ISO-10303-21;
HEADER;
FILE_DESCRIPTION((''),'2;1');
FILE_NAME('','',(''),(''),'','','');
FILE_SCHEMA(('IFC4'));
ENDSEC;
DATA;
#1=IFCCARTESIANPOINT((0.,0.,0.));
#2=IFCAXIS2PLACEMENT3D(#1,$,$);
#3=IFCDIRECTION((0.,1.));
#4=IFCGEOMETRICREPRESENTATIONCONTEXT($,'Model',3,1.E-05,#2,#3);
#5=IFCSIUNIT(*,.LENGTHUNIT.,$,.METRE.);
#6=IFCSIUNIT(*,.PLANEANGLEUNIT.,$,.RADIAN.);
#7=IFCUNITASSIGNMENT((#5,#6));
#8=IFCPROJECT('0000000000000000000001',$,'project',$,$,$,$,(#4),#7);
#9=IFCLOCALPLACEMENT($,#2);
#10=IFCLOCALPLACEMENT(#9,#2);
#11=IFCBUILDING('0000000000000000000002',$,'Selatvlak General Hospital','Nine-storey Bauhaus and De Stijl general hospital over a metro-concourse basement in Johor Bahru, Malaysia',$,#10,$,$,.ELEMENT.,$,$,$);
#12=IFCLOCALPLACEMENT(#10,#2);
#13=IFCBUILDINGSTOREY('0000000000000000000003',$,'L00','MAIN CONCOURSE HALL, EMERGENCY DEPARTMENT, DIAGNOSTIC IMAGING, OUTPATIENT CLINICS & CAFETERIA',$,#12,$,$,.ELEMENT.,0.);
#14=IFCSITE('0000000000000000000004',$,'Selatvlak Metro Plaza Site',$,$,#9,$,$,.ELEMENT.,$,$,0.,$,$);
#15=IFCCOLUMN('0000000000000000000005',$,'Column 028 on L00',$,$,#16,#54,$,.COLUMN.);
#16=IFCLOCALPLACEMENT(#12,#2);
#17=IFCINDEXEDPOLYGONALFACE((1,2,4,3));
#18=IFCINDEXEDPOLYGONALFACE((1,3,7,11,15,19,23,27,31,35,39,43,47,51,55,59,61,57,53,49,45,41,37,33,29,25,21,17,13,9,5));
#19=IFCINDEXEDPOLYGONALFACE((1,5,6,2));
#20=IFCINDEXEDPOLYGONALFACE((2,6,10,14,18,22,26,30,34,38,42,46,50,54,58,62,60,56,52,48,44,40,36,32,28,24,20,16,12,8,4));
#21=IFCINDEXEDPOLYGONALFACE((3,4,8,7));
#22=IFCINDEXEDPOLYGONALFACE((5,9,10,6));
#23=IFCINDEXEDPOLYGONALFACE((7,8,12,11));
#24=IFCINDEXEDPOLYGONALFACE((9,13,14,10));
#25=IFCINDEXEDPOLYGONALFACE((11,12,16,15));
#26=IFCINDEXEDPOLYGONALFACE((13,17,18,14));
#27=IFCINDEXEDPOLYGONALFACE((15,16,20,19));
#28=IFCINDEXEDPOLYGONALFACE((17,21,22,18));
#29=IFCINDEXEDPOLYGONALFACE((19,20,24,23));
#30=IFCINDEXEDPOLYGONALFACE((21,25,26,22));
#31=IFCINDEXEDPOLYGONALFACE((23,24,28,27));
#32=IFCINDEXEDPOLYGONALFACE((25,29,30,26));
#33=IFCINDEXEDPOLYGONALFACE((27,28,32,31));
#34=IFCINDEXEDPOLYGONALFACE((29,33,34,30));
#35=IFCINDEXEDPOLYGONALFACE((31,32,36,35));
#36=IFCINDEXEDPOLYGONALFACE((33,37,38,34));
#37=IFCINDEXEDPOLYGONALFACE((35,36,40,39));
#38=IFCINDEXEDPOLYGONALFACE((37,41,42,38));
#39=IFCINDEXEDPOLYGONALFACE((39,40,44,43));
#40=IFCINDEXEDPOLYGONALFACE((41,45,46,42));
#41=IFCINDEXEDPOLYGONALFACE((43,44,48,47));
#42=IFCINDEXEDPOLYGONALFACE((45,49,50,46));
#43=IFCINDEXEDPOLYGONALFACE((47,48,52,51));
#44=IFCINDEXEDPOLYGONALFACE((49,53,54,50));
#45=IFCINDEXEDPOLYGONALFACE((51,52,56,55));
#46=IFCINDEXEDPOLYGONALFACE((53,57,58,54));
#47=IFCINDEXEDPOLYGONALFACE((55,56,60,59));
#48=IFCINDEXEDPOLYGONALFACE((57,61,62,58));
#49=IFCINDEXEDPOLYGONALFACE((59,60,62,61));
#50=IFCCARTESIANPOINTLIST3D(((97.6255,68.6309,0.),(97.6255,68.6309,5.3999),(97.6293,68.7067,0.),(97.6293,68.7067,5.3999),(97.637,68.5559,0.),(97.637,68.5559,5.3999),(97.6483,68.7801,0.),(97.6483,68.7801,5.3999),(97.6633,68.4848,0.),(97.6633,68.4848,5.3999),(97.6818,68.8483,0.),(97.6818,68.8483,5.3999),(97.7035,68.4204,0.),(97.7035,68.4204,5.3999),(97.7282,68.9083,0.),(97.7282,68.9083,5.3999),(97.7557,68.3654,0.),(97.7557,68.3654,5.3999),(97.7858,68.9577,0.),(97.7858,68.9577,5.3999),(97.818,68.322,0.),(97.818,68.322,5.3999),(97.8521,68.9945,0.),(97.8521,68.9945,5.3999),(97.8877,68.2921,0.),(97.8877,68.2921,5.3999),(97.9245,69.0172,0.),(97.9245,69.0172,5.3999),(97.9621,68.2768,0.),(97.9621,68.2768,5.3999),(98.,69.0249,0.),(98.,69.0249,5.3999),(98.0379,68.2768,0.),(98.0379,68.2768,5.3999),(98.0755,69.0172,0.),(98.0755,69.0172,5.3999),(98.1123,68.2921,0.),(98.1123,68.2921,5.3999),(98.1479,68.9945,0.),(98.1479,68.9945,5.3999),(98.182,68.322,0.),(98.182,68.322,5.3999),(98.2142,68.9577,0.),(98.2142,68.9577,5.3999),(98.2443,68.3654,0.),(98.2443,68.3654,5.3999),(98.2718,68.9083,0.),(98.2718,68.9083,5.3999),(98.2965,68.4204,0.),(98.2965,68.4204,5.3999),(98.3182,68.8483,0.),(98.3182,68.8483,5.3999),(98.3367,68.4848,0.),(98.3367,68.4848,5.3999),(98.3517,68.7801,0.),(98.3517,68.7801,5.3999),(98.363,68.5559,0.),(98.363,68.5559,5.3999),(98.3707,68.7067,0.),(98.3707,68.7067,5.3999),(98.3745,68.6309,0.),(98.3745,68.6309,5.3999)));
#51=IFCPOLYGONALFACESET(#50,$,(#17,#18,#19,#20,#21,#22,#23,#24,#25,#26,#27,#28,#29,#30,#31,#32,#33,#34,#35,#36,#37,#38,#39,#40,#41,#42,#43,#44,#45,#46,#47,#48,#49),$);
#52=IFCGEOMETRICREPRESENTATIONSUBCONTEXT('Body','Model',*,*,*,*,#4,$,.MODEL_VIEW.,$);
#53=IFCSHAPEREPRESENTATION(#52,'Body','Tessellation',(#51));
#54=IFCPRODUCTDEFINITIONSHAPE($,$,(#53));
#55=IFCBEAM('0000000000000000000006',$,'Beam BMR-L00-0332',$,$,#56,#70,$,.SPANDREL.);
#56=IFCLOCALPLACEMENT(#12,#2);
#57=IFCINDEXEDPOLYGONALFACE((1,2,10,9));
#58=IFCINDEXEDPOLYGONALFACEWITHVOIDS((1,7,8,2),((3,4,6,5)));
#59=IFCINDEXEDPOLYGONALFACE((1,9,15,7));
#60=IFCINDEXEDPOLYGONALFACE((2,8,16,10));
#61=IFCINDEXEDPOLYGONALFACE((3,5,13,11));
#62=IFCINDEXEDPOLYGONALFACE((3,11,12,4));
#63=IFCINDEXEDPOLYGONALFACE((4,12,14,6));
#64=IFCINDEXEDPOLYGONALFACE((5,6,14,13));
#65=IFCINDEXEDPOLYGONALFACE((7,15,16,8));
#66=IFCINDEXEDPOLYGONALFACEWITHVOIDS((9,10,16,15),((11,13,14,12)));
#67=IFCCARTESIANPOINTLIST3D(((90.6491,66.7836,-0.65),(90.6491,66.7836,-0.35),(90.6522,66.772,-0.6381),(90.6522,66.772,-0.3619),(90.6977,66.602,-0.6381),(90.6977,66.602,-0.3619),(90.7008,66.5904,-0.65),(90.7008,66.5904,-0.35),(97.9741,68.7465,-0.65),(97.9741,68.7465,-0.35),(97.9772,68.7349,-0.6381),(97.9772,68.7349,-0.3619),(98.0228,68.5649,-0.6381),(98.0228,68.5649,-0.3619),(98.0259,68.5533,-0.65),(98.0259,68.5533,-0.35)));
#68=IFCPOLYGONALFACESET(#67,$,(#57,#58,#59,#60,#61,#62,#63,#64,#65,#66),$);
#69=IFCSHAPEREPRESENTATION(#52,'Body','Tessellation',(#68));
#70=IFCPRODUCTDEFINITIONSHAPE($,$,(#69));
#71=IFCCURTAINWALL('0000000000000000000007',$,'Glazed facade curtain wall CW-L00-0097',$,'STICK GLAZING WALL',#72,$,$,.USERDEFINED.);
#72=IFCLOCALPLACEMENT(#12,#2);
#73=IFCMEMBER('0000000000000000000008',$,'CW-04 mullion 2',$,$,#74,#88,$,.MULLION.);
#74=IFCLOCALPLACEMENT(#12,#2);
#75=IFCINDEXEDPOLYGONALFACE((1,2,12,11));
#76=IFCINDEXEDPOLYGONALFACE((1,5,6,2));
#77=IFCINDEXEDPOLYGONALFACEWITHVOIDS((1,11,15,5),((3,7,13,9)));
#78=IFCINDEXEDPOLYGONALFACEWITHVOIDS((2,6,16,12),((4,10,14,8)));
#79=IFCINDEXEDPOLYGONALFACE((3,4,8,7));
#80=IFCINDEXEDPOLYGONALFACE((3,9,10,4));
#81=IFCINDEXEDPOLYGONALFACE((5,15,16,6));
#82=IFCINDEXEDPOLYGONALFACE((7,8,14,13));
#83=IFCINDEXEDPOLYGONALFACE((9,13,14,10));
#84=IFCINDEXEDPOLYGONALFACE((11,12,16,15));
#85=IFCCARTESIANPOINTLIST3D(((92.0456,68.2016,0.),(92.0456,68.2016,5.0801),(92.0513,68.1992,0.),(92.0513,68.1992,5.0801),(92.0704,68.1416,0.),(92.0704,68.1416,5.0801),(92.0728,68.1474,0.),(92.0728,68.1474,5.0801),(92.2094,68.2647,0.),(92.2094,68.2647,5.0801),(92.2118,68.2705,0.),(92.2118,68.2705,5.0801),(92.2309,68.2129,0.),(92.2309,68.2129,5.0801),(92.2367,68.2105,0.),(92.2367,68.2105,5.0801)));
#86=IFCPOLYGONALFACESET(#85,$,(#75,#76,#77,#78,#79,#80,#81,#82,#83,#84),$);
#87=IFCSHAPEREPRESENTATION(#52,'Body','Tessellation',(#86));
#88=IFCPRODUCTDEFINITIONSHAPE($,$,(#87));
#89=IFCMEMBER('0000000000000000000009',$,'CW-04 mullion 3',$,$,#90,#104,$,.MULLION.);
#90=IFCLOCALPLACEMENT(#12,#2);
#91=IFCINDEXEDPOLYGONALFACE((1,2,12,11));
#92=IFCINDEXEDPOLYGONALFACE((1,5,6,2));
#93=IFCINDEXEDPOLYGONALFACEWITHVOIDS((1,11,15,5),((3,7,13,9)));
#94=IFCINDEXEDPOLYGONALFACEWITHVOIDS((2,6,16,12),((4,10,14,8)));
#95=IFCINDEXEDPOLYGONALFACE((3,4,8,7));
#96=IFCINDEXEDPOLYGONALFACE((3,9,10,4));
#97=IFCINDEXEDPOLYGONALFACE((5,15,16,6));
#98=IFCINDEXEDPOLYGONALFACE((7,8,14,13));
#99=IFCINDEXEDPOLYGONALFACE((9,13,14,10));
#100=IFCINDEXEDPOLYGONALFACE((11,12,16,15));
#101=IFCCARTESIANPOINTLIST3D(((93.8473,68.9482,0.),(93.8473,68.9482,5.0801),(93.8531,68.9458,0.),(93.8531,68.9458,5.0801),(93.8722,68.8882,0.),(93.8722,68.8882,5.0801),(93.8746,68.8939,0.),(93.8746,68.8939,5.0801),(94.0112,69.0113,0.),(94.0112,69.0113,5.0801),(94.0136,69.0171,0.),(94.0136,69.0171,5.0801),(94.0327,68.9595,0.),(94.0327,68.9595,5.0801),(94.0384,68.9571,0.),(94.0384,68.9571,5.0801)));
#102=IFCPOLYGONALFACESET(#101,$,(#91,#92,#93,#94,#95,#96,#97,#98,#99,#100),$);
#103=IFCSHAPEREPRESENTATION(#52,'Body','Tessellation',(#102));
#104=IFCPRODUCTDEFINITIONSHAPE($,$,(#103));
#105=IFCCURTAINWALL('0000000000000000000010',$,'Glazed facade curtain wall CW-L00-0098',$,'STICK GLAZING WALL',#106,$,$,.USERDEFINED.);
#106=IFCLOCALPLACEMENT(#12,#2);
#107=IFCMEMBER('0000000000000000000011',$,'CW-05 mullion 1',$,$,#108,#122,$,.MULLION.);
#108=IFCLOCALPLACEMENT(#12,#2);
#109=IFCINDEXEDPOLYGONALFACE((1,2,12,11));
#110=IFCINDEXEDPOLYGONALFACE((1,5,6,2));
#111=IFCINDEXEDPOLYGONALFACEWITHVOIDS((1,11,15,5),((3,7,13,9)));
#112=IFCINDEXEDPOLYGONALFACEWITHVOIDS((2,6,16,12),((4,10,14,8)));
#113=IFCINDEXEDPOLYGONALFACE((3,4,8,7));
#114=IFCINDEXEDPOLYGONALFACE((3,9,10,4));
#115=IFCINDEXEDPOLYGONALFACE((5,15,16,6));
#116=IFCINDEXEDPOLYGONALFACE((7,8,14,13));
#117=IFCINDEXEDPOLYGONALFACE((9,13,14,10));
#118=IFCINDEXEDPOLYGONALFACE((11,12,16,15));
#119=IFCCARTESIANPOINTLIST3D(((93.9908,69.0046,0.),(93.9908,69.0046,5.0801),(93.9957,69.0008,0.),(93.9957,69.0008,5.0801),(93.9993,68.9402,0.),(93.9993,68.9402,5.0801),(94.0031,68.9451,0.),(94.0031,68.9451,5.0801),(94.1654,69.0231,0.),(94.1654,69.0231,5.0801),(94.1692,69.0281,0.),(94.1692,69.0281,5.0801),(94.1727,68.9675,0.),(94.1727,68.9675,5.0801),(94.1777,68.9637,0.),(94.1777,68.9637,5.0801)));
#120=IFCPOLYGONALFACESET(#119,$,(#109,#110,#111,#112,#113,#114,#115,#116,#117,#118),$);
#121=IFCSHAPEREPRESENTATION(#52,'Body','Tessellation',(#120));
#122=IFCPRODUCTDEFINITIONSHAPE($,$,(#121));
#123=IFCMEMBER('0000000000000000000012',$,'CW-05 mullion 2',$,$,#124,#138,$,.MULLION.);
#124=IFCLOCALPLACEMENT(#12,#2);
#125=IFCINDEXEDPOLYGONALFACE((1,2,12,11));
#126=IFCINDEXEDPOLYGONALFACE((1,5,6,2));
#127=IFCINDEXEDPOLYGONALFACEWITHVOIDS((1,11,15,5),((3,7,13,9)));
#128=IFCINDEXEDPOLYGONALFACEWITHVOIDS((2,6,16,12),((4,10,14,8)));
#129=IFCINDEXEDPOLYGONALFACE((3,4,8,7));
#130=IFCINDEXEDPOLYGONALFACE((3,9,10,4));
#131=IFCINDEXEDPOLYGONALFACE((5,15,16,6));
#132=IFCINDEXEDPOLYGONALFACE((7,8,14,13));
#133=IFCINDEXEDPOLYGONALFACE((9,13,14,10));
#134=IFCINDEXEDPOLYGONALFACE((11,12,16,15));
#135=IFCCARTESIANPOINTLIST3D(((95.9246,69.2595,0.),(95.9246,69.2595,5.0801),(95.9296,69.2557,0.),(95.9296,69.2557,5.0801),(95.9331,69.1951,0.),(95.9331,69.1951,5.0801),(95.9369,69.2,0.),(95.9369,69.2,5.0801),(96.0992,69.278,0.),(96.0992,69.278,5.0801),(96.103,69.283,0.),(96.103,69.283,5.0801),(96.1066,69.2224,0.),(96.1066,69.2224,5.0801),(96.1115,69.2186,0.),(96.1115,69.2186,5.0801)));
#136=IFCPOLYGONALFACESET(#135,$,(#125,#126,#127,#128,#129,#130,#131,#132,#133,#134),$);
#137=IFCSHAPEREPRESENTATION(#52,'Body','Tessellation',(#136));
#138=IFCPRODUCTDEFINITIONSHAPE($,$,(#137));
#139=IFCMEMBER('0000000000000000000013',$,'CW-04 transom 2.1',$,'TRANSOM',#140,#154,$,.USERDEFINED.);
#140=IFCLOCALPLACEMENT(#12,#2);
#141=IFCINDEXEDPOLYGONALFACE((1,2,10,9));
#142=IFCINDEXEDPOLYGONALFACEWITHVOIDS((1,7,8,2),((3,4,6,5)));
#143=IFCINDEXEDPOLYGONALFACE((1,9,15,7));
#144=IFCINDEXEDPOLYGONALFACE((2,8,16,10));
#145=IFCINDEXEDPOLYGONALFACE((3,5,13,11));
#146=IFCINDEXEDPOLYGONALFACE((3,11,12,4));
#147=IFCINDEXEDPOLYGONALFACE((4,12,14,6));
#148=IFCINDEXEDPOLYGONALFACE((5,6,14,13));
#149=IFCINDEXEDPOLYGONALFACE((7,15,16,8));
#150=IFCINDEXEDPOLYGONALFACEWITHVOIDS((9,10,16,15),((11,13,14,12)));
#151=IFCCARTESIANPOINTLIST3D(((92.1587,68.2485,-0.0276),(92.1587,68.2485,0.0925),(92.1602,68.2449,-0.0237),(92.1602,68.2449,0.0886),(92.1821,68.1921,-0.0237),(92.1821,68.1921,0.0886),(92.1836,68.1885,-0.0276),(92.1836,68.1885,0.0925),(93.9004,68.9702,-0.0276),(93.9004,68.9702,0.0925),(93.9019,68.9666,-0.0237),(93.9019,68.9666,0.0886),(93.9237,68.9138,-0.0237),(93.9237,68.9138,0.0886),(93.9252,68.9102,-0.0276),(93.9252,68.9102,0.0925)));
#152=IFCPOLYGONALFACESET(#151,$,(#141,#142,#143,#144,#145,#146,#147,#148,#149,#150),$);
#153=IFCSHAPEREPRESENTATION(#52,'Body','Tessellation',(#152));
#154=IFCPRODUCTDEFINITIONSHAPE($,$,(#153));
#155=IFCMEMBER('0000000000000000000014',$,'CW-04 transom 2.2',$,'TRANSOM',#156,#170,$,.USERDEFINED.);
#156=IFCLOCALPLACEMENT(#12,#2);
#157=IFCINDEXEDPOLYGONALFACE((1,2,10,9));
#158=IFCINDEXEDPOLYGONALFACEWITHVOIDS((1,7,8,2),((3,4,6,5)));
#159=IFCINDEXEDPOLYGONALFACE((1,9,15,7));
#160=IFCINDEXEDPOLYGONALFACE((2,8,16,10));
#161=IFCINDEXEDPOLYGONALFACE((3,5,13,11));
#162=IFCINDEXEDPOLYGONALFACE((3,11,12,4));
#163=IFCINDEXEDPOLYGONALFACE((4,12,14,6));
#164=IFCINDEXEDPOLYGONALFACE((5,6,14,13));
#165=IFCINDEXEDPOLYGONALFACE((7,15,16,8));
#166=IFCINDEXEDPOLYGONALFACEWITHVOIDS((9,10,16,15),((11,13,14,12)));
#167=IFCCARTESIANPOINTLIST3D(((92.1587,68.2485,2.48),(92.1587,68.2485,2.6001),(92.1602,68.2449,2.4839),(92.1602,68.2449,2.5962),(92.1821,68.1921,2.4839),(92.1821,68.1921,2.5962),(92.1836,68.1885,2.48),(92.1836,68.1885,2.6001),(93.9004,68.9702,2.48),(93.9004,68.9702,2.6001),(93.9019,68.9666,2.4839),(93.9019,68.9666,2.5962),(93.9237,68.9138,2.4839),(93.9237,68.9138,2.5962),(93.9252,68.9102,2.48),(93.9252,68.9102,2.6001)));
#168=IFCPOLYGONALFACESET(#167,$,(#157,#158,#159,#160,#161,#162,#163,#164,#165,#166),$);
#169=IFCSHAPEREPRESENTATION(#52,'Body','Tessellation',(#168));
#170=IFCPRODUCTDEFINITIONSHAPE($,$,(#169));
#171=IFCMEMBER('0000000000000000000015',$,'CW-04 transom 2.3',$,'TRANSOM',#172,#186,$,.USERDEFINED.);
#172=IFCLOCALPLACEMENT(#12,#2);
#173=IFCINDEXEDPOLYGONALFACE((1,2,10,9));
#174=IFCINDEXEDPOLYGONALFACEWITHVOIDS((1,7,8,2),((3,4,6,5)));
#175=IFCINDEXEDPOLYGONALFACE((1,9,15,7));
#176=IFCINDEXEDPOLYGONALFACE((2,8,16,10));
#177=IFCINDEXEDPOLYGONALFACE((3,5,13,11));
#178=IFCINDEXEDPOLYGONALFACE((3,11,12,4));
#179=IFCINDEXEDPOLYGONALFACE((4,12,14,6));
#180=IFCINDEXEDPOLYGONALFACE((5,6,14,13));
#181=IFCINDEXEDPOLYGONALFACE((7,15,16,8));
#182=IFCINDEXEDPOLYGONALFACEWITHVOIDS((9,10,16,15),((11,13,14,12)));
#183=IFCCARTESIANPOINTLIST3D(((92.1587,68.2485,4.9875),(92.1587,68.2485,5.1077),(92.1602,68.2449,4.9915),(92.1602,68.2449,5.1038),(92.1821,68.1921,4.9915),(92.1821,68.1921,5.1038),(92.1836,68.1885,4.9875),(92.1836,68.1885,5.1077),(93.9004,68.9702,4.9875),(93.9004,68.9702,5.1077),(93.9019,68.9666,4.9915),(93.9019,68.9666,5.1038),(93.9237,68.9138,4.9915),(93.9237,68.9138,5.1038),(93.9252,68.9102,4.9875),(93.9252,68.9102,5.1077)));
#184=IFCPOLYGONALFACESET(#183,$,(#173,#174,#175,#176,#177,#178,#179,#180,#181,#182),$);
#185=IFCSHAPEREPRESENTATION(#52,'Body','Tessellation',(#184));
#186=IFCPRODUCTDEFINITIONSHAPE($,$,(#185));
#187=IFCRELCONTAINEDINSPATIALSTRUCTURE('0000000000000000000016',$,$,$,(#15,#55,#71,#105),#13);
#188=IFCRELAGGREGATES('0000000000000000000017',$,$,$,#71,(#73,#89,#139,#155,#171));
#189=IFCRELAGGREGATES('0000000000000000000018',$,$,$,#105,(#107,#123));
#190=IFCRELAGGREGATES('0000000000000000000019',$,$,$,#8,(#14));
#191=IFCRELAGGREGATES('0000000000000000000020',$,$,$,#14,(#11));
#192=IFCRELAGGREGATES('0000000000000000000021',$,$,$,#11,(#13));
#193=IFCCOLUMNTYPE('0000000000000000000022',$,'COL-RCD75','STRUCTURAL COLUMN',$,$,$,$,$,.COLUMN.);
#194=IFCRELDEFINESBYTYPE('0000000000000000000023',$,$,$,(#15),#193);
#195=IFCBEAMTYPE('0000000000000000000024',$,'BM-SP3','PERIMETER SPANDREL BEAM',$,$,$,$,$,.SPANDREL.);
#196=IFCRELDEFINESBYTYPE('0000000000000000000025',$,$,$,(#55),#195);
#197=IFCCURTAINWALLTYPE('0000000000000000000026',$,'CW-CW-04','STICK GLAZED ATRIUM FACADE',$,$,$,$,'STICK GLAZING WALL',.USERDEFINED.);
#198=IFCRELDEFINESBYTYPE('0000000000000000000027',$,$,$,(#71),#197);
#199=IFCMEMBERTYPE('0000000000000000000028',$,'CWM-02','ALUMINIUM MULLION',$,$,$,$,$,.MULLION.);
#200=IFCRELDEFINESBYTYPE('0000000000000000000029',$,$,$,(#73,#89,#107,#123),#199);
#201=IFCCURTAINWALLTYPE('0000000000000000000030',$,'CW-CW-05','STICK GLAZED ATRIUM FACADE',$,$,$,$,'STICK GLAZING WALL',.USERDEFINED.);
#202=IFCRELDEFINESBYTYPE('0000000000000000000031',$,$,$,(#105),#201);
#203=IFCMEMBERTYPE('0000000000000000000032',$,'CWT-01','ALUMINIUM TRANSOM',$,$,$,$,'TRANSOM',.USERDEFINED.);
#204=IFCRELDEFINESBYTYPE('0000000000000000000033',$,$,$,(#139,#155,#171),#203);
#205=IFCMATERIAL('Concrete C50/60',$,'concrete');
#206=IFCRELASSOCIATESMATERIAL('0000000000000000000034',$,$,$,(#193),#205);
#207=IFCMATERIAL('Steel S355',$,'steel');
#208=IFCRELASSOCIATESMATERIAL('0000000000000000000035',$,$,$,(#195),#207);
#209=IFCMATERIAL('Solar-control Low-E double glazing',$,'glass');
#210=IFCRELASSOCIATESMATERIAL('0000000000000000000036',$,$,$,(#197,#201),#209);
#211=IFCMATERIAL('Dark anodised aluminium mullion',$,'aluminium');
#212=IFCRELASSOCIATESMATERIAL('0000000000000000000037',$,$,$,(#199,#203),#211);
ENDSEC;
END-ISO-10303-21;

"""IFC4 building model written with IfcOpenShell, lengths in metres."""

from ifc_helpers import new_model, si_unit, direction, frame, origin, origin_2d, place, context, subcontext, project, spatial, hollow_rectangle, circle, extrude, material, material_profile, profile_set, type_object, element, aggregate, save


model = new_model("IFC4")

# Units and contexts
model_context = context("Model", 3, precision=1e-05, world=origin(), true_north=direction((0.0, 1.0)))
body_context = subcontext(model_context, "Body", "Model", "MODEL_VIEW")
ifc_project = project(units=[si_unit("LENGTHUNIT", "METRE"), si_unit("PLANEANGLEUNIT", "RADIAN")], contexts=[model_context])

# Site, building, storey
site_placement = place(None, origin())
site = spatial("IfcSite", under=ifc_project, at=site_placement, Name="Selatvlak Metro Plaza Site", CompositionType="ELEMENT", RefElevation=0.0)
building_placement = place(site_placement, origin())
building = spatial("IfcBuilding", under=site, at=building_placement, Name="Selatvlak General Hospital", Description="Nine-storey Bauhaus and De Stijl general hospital over a metro-concourse basement in Johor Bahru, Malaysia", CompositionType="ELEMENT")
storey_placement = place(building_placement, origin())
storey = spatial("IfcBuildingStorey", under=building, at=storey_placement, Name="L00", Description="MAIN CONCOURSE HALL, EMERGENCY DEPARTMENT, DIAGNOSTIC IMAGING, OUTPATIENT CLINICS & CAFETERIA", CompositionType="ELEMENT", Elevation=0.0)

# Column
ifc_material_1 = material(Name="Concrete C50/60", Category="concrete")
ifc_material_profile_1 = material_profile(ifc_material_1, circle(Radius=0.375, at=origin_2d()), Name="RC-COL D750")
ifc_profile_set_1 = profile_set([ifc_material_profile_1], Name="Concrete C50/60")
column_type = type_object("IfcColumnType", Name="COL-RCD75", Description="STRUCTURAL COLUMN", PredefinedType="COLUMN", material=ifc_profile_set_1)
column_placement = place(storey_placement, frame((98.0, 68.6499, 0.0), z_axis=(0.0, 0.0, 1.0), x_axis=(0.0, 1.0, 0.0)))
element("IfcColumn", 1, at=column_placement, inside=storey, type_object=column_type, Name="Column 028 on L00", PredefinedType="COLUMN", context=body_context, shape_type="SweptSolid", body=[
    extrude(circle(Radius=0.375, at=origin_2d()), origin(), (0.0, 0.0, 1.0), 5.3999),
])

# Beam
ifc_material_2 = material(Name="Steel S355", Category="steel")
ifc_material_profile_2 = material_profile(ifc_material_2, hollow_rectangle(XDim=0.2, YDim=0.3, WallThickness=0.012, at=origin_2d()), Name="RHS 300x200x12")
ifc_profile_set_2 = profile_set([ifc_material_profile_2], Name="Steel S355")
beam_type = type_object("IfcBeamType", Name="BM-SP3", Description="PERIMETER SPANDREL BEAM", PredefinedType="SPANDREL", material=ifc_profile_set_2)
beam_placement = place(storey_placement, frame((98.0, 68.6499, -0.5), z_axis=(-0.96592, -0.258841, 0.0), x_axis=(0.258841, -0.96592, 0.0)))
element("IfcBeam", 2, at=beam_placement, inside=storey, type_object=beam_type, Name="Beam BMR-L00-0332", PredefinedType="SPANDREL", context=body_context, shape_type="SweptSolid", body=[
    extrude(hollow_rectangle(XDim=0.2, YDim=0.3, WallThickness=0.012, at=origin_2d()), origin(), (0.0, 0.0, 1.0), 7.5835),
])

# Curtain walls, members
ifc_material_3 = material(Name="Solar-control Low-E double glazing", Category="glass")
curtain_wall_type_1 = type_object("IfcCurtainWallType", Name="CW-CW-04", Description="STICK GLAZED ATRIUM FACADE", ElementType="STICK GLAZING WALL", PredefinedType="USERDEFINED", material=ifc_material_3)
curtain_wall_1_placement = place(storey_placement, origin())
curtain_wall_1 = element("IfcCurtainWall", 3, at=curtain_wall_1_placement, inside=storey, type_object=curtain_wall_type_1, Name="Glazed facade curtain wall CW-L00-0097", ObjectType="STICK GLAZING WALL", PredefinedType="USERDEFINED")
ifc_material_4 = material(Name="Dark anodised aluminium mullion", Category="aluminium")
ifc_material_profile_3 = material_profile(ifc_material_4, hollow_rectangle(XDim=0.0649, YDim=0.1799, WallThickness=0.0044, at=origin_2d()), Name="AL-MUL 65x180x4.5")
ifc_profile_set_3 = profile_set([ifc_material_profile_3], Name="Dark anodised aluminium mullion")
member_type_1 = type_object("IfcMemberType", Name="CWM-02", Description="ALUMINIUM MULLION", PredefinedType="MULLION", material=ifc_profile_set_3)
member_1_placement = place(storey_placement, frame((92.1411, 68.2061, 0.0), z_axis=(0.0, 0.0, 1.0), x_axis=(-0.382753, 0.923851, 0.0)))
member_1 = element("IfcMember", 4, at=member_1_placement, type_object=member_type_1, Name="CW-04 mullion 2", PredefinedType="MULLION", context=body_context, shape_type="SweptSolid", body=[
    extrude(hollow_rectangle(XDim=0.0649, YDim=0.1799, WallThickness=0.0044, at=origin_2d()), origin(), (0.0, 0.0, 1.0), 5.0801),
])
member_2_placement = place(storey_placement, frame((93.9429, 68.9526, 0.0), z_axis=(0.0, 0.0, 1.0), x_axis=(-0.382753, 0.923851, 0.0)))
member_2 = element("IfcMember", 5, at=member_2_placement, type_object=member_type_1, Name="CW-04 mullion 3", PredefinedType="MULLION", context=body_context, shape_type="SweptSolid", body=[
    extrude(hollow_rectangle(XDim=0.0649, YDim=0.1799, WallThickness=0.0044, at=origin_2d()), origin(), (0.0, 0.0, 1.0), 5.0801),
])
curtain_wall_type_2 = type_object("IfcCurtainWallType", Name="CW-CW-05", Description="STICK GLAZED ATRIUM FACADE", ElementType="STICK GLAZING WALL", PredefinedType="USERDEFINED", material=ifc_material_3)
curtain_wall_2_placement = place(storey_placement, origin())
curtain_wall_2 = element("IfcCurtainWall", 6, at=curtain_wall_2_placement, inside=storey, type_object=curtain_wall_type_2, Name="Glazed facade curtain wall CW-L00-0098", ObjectType="STICK GLAZING WALL", PredefinedType="USERDEFINED")
member_3_placement = place(storey_placement, frame((94.0842, 68.9841, 0.0), z_axis=(0.0, 0.0, 1.0), x_axis=(-0.130611, 0.991434, 0.0)))
member_3 = element("IfcMember", 7, at=member_3_placement, type_object=member_type_1, Name="CW-05 mullion 1", PredefinedType="MULLION", context=body_context, shape_type="SweptSolid", body=[
    extrude(hollow_rectangle(XDim=0.0649, YDim=0.1799, WallThickness=0.0044, at=origin_2d()), origin(), (0.0, 0.0, 1.0), 5.0801),
])
member_4_placement = place(storey_placement, frame((96.0181, 69.239, 0.0), z_axis=(0.0, 0.0, 1.0), x_axis=(-0.130611, 0.991434, 0.0)))
member_4 = element("IfcMember", 8, at=member_4_placement, type_object=member_type_1, Name="CW-05 mullion 2", PredefinedType="MULLION", context=body_context, shape_type="SweptSolid", body=[
    extrude(hollow_rectangle(XDim=0.0649, YDim=0.1799, WallThickness=0.0044, at=origin_2d()), origin(), (0.0, 0.0, 1.0), 5.0801),
])

# Members
ifc_material_profile_4 = material_profile(ifc_material_4, hollow_rectangle(XDim=0.0649, YDim=0.1201, WallThickness=0.0039, at=origin_2d()), Name="AL-TRN 65x120x4")
ifc_profile_set_4 = profile_set([ifc_material_profile_4], Name="Dark anodised aluminium mullion")
member_type_2 = type_object("IfcMemberType", Name="CWT-01", Description="ALUMINIUM TRANSOM", ElementType="TRANSOM", PredefinedType="USERDEFINED", material=ifc_profile_set_4)
member_5_placement = place(storey_placement, frame((92.1711, 68.2185, 0.0325), z_axis=(0.923834, 0.382794, 0.0), x_axis=(-0.382794, 0.923834, 0.0)))
member_5 = element("IfcMember", 9, at=member_5_placement, type_object=member_type_2, Name="CW-04 transom 2.1", ObjectType="TRANSOM", PredefinedType="USERDEFINED", context=body_context, shape_type="SweptSolid", body=[
    extrude(hollow_rectangle(XDim=0.0649, YDim=0.1201, WallThickness=0.0039, at=origin_2d()), origin(), (0.0, 0.0, 1.0), 1.8853),
])
member_6_placement = place(storey_placement, frame((92.1711, 68.2185, 2.54), z_axis=(0.923834, 0.382794, 0.0), x_axis=(-0.382794, 0.923834, 0.0)))
member_6 = element("IfcMember", 10, at=member_6_placement, type_object=member_type_2, Name="CW-04 transom 2.2", ObjectType="TRANSOM", PredefinedType="USERDEFINED", context=body_context, shape_type="SweptSolid", body=[
    extrude(hollow_rectangle(XDim=0.0649, YDim=0.1201, WallThickness=0.0039, at=origin_2d()), origin(), (0.0, 0.0, 1.0), 1.8853),
])
member_7_placement = place(storey_placement, frame((92.1711, 68.2185, 5.0476), z_axis=(0.923834, 0.382794, 0.0), x_axis=(-0.382794, 0.923834, 0.0)))
member_7 = element("IfcMember", 11, at=member_7_placement, type_object=member_type_2, Name="CW-04 transom 2.3", ObjectType="TRANSOM", PredefinedType="USERDEFINED", context=body_context, shape_type="SweptSolid", body=[
    extrude(hollow_rectangle(XDim=0.0649, YDim=0.1201, WallThickness=0.0039, at=origin_2d()), origin(), (0.0, 0.0, 1.0), 1.8853),
])

aggregate(curtain_wall_1, [member_1, member_2, member_5, member_6, member_7])
aggregate(curtain_wall_2, [member_3, member_4])

save(model, "model.ifc")
